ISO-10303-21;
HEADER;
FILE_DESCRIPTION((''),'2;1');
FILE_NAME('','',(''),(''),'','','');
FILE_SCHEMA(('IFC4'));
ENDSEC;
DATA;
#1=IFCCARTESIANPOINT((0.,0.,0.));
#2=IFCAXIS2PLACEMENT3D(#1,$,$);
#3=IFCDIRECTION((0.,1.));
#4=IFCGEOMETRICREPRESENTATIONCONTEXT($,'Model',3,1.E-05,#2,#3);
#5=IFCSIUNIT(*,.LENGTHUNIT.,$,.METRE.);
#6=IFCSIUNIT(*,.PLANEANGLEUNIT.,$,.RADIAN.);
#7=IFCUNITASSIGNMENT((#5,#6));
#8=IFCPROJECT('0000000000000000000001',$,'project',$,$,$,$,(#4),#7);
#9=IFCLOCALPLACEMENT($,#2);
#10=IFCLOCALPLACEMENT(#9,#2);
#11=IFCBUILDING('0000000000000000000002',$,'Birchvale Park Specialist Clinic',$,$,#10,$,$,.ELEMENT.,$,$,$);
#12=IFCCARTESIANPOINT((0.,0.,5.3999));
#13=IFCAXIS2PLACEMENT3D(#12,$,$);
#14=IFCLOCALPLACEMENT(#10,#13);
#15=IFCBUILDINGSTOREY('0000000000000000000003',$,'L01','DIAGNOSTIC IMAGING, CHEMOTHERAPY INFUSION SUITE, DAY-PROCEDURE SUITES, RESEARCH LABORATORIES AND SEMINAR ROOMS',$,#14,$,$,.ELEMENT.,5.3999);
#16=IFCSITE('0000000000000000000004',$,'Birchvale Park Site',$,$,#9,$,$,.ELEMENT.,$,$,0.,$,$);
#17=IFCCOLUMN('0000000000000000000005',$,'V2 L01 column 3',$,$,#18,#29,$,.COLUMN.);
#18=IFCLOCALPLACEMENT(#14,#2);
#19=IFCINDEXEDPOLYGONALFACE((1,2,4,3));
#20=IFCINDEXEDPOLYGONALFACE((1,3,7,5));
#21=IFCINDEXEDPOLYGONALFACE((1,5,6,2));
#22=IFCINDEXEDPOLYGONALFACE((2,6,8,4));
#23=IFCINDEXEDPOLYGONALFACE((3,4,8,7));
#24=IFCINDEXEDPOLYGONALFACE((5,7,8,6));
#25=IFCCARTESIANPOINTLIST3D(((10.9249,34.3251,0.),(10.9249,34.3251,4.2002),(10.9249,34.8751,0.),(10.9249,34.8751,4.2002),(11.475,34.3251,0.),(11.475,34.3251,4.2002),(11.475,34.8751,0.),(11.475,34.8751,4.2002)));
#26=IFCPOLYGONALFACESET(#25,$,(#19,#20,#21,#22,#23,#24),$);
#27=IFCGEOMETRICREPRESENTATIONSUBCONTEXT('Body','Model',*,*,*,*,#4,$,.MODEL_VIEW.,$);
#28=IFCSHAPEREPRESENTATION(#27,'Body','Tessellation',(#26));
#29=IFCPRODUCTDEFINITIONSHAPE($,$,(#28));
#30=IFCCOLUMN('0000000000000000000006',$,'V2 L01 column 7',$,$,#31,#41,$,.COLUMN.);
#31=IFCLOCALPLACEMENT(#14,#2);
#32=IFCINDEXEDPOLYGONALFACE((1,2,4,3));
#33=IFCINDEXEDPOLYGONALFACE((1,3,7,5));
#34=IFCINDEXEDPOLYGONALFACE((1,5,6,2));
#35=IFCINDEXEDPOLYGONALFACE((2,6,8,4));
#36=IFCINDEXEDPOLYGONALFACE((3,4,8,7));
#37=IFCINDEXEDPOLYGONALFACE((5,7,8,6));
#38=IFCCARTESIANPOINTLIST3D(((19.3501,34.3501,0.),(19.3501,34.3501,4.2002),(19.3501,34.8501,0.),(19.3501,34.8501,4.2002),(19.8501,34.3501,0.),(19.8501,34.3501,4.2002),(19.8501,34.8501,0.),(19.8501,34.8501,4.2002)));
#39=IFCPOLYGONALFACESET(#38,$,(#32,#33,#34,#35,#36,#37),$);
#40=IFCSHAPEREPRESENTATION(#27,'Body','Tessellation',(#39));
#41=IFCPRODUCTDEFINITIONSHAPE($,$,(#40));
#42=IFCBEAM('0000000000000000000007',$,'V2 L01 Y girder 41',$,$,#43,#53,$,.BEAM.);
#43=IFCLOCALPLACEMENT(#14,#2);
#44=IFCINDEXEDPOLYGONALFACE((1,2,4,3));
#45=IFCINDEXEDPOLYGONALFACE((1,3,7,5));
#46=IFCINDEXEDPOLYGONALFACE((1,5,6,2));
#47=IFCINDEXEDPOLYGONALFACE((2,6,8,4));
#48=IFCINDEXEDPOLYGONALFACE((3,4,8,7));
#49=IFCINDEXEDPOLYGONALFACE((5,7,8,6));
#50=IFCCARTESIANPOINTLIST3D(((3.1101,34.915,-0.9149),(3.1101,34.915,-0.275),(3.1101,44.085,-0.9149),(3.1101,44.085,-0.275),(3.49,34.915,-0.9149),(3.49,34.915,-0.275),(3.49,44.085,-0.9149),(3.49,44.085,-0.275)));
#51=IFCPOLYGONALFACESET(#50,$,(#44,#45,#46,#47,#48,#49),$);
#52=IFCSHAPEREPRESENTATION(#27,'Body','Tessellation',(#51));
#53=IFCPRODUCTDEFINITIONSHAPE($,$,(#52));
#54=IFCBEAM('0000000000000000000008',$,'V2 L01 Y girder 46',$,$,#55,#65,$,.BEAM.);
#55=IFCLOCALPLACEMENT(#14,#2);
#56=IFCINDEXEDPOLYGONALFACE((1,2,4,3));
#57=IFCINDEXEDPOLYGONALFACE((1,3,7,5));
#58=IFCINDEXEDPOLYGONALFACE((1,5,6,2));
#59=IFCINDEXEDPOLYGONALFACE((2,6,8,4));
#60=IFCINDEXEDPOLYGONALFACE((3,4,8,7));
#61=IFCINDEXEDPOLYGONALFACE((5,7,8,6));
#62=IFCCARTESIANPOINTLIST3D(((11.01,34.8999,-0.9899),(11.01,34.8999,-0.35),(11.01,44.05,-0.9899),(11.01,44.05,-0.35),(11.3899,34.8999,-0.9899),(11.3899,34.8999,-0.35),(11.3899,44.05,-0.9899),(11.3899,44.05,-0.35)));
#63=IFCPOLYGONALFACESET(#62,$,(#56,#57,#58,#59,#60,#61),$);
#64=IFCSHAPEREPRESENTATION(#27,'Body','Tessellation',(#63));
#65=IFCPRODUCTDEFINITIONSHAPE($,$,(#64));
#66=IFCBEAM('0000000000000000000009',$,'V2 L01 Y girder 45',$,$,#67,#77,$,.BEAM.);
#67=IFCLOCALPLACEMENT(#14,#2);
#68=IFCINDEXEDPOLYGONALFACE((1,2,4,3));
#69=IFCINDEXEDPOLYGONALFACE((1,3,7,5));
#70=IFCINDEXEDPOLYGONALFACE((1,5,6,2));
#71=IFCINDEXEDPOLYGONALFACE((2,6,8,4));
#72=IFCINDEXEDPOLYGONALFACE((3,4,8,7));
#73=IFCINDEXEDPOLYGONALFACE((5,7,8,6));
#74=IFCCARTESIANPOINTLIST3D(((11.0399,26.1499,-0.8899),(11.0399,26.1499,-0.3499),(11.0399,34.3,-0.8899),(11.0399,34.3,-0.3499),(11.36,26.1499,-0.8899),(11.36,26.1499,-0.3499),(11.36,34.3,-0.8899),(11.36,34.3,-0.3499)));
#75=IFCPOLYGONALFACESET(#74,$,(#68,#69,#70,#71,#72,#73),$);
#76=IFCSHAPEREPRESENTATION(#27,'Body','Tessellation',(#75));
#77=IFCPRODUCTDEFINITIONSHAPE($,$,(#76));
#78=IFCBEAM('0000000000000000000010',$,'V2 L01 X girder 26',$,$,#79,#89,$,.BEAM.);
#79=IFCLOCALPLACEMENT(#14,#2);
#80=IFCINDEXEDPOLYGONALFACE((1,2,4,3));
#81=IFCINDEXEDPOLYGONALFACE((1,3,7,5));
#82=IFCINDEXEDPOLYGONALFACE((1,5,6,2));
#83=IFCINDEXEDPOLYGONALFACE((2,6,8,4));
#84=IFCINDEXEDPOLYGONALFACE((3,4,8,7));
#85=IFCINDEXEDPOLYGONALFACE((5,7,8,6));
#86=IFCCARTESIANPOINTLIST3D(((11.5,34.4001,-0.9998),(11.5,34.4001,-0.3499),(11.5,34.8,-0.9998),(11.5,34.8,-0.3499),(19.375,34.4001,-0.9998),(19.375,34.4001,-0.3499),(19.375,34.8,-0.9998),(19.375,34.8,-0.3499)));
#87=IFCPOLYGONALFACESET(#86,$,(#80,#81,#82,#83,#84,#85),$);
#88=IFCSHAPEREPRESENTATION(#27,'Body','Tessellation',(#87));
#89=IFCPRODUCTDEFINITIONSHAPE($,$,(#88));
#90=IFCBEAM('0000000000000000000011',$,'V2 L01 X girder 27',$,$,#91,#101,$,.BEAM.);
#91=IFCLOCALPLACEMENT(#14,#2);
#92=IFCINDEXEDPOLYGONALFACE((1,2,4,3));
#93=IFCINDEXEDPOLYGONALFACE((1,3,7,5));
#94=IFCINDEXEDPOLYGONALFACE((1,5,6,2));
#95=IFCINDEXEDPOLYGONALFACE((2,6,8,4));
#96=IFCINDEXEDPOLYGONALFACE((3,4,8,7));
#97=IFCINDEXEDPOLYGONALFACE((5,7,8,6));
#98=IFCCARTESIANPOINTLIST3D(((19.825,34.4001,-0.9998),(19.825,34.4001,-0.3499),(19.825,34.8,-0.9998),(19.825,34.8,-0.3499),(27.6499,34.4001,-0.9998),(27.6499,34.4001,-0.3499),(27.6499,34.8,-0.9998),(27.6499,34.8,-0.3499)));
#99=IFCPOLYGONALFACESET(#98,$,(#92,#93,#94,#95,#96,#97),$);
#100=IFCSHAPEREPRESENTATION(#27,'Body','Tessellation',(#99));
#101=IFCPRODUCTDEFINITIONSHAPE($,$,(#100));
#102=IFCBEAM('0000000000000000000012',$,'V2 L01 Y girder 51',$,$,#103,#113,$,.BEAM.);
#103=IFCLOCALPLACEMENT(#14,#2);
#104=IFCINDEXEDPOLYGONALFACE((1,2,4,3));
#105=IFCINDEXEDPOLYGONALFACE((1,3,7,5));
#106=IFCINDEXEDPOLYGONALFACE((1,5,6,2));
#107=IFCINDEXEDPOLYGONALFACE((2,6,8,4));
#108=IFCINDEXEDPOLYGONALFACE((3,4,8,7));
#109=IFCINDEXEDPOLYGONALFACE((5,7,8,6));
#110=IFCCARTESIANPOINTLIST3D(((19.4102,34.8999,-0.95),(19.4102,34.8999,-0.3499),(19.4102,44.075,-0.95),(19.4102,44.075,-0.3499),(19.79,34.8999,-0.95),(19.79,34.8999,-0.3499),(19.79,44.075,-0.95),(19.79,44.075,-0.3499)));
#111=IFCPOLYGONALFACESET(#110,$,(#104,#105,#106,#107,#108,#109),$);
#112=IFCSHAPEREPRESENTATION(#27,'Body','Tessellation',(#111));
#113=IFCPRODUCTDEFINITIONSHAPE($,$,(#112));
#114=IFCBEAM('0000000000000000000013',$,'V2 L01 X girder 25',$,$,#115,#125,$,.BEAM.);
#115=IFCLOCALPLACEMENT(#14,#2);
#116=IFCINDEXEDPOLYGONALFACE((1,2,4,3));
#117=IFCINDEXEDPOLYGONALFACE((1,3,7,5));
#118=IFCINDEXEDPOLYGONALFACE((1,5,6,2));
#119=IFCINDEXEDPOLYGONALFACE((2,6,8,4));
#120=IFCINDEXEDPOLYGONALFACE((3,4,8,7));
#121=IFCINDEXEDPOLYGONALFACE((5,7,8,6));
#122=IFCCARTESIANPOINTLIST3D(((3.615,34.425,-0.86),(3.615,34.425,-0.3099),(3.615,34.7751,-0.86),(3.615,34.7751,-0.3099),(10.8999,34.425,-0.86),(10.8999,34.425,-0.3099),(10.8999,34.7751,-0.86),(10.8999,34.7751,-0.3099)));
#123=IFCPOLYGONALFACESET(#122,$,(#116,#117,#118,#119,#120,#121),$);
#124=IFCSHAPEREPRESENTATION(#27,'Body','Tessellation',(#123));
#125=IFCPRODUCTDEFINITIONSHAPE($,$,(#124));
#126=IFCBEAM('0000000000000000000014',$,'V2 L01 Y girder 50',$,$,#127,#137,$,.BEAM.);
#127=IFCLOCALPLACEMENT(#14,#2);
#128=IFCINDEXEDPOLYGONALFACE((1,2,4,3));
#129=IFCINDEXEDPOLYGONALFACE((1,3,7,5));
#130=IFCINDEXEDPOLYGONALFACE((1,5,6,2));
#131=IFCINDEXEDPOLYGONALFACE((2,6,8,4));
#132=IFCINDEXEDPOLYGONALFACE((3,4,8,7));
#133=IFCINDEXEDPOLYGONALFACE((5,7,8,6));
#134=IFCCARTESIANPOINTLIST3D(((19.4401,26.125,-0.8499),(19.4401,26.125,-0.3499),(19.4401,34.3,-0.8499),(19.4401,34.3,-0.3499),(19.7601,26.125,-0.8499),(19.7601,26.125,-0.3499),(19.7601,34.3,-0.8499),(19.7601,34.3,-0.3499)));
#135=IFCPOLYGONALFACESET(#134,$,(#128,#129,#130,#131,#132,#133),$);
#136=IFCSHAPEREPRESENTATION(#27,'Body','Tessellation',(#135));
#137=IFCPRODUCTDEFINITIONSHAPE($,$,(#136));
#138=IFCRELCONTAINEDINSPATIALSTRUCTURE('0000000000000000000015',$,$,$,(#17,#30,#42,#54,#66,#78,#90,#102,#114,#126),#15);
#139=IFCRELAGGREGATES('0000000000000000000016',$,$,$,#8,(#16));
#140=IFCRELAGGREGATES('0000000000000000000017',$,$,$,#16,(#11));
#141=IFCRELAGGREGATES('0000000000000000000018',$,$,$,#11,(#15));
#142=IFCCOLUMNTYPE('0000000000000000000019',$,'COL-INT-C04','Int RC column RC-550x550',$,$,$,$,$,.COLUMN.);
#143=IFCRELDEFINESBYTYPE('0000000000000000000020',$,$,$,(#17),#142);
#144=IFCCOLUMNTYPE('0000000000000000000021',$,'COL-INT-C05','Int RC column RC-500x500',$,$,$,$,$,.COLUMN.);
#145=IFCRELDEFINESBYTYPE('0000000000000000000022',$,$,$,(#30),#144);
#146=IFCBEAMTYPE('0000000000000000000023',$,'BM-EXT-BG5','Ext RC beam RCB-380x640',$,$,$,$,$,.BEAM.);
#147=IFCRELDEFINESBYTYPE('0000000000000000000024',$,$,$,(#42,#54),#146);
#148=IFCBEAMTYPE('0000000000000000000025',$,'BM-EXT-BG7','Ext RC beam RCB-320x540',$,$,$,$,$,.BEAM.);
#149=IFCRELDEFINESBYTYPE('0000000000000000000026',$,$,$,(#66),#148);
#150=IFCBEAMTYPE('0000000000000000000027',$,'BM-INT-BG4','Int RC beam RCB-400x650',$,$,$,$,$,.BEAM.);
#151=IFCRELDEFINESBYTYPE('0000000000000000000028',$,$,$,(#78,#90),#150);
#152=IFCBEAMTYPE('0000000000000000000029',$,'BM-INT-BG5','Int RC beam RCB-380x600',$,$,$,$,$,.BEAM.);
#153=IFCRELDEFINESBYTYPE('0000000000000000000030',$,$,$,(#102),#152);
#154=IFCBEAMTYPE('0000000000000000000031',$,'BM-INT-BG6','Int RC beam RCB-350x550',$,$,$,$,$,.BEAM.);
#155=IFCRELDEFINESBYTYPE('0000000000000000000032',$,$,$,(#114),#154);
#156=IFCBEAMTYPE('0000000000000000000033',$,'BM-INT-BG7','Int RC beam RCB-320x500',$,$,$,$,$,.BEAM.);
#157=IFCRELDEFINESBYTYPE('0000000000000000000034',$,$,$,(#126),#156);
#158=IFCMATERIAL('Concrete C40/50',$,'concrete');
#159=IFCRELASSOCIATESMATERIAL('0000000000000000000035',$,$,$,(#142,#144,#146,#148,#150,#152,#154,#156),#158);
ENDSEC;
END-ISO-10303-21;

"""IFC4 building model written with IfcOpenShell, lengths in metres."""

from ifc_helpers import new_model, si_unit, direction, frame, origin, origin_2d, place, context, subcontext, project, spatial, rectangle, extrude, material, material_profile, profile_set, type_object, element, save


model = new_model("IFC4")

# Units and contexts
model_context = context("Model", 3, precision=1e-05, world=origin(), true_north=direction((0.0, 1.0)))
body_context = subcontext(model_context, "Body", "Model", "MODEL_VIEW")
ifc_project = project(units=[si_unit("LENGTHUNIT", "METRE"), si_unit("PLANEANGLEUNIT", "RADIAN")], contexts=[model_context])

# Site, building, storey
site_placement = place(None, origin())
site = spatial("IfcSite", under=ifc_project, at=site_placement, Name="Birchvale Park Site", CompositionType="ELEMENT", RefElevation=0.0)
building_placement = place(site_placement, origin())
building = spatial("IfcBuilding", under=site, at=building_placement, Name="Birchvale Park Specialist Clinic", CompositionType="ELEMENT")
storey_placement = place(building_placement, frame((0.0, 0.0, 5.3999)))
storey = spatial("IfcBuildingStorey", under=building, at=storey_placement, Name="L01", Description="DIAGNOSTIC IMAGING, CHEMOTHERAPY INFUSION SUITE, DAY-PROCEDURE SUITES, RESEARCH LABORATORIES AND SEMINAR ROOMS", CompositionType="ELEMENT", Elevation=5.3999)

# Columns
ifc_material_1 = material(Name="Concrete C40/50", Category="concrete")
ifc_material_profile_1 = material_profile(ifc_material_1, rectangle(XDim=0.55, YDim=0.55, at=origin_2d()), Name="RC-550x550")
ifc_profile_set_1 = profile_set([ifc_material_profile_1], Name="Concrete C40/50")
column_type_1 = type_object("IfcColumnType", Name="COL-INT-C04", Description="Int RC column RC-550x550", PredefinedType="COLUMN", material=ifc_profile_set_1)
column_1_placement = place(storey_placement, frame((11.2, 34.6001, 0.0), z_axis=(0.0, 0.0, 1.0), x_axis=(1.0, 0.0, 0.0)))
element("IfcColumn", 1, at=column_1_placement, inside=storey, type_object=column_type_1, Name="V2 L01 column 3", PredefinedType="COLUMN", context=body_context, shape_type="SweptSolid", body=[
    extrude(rectangle(XDim=0.55, YDim=0.55, at=origin_2d()), origin(), (0.0, 0.0, 1.0), 4.2002),
])
ifc_material_profile_2 = material_profile(ifc_material_1, rectangle(XDim=0.5, YDim=0.5, at=origin_2d()), Name="RC-500x500")
ifc_profile_set_2 = profile_set([ifc_material_profile_2], Name="Concrete C40/50")
column_type_2 = type_object("IfcColumnType", Name="COL-INT-C05", Description="Int RC column RC-500x500", PredefinedType="COLUMN", material=ifc_profile_set_2)
column_2_placement = place(storey_placement, frame((19.6001, 34.6001, 0.0), z_axis=(0.0, 0.0, 1.0), x_axis=(1.0, 0.0, 0.0)))
element("IfcColumn", 2, at=column_2_placement, inside=storey, type_object=column_type_2, Name="V2 L01 column 7", PredefinedType="COLUMN", context=body_context, shape_type="SweptSolid", body=[
    extrude(rectangle(XDim=0.5, YDim=0.5, at=origin_2d()), origin(), (0.0, 0.0, 1.0), 4.2002),
])

# Beams
ifc_material_profile_3 = material_profile(ifc_material_1, rectangle(XDim=0.3799, YDim=0.6399, at=origin_2d()), Name="RCB-380x640")
ifc_profile_set_3 = profile_set([ifc_material_profile_3], Name="Concrete C40/50")
beam_type_1 = type_object("IfcBeamType", Name="BM-EXT-BG5", Description="Ext RC beam RCB-380x640", PredefinedType="BEAM", material=ifc_profile_set_3)
beam_1_placement = place(storey_placement, frame((3.3, 34.915, -0.595), z_axis=(0.0, 1.0, 0.0), x_axis=(-1.0, 0.0, 0.0)))
element("IfcBeam", 3, at=beam_1_placement, inside=storey, type_object=beam_type_1, Name="V2 L01 Y girder 41", PredefinedType="BEAM", context=body_context, shape_type="SweptSolid", body=[
    extrude(rectangle(XDim=0.3799, YDim=0.6399, at=origin_2d()), origin(), (0.0, 0.0, 1.0), 9.1699),
])
beam_2_placement = place(storey_placement, frame((11.2, 34.8999, -0.6699), z_axis=(0.0, 1.0, 0.0), x_axis=(-1.0, 0.0, 0.0)))
element("IfcBeam", 4, at=beam_2_placement, inside=storey, type_object=beam_type_1, Name="V2 L01 Y girder 46", PredefinedType="BEAM", context=body_context, shape_type="SweptSolid", body=[
    extrude(rectangle(XDim=0.3799, YDim=0.6399, at=origin_2d()), origin(), (0.0, 0.0, 1.0), 9.1501),
])
ifc_material_profile_4 = material_profile(ifc_material_1, rectangle(XDim=0.3201, YDim=0.54, at=origin_2d()), Name="RCB-320x540")
ifc_profile_set_4 = profile_set([ifc_material_profile_4], Name="Concrete C40/50")
beam_type_2 = type_object("IfcBeamType", Name="BM-EXT-BG7", Description="Ext RC beam RCB-320x540", PredefinedType="BEAM", material=ifc_profile_set_4)
beam_3_placement = place(storey_placement, frame((11.2, 26.1499, -0.6199), z_axis=(0.0, 1.0, 0.0), x_axis=(-1.0, 0.0, 0.0)))
element("IfcBeam", 5, at=beam_3_placement, inside=storey, type_object=beam_type_2, Name="V2 L01 Y girder 45", PredefinedType="BEAM", context=body_context, shape_type="SweptSolid", body=[
    extrude(rectangle(XDim=0.3201, YDim=0.54, at=origin_2d()), origin(), (0.0, 0.0, 1.0), 8.1501),
])
ifc_material_profile_5 = material_profile(ifc_material_1, rectangle(XDim=0.3999, YDim=0.6499, at=origin_2d()), Name="RCB-400x650")
ifc_profile_set_5 = profile_set([ifc_material_profile_5], Name="Concrete C40/50")
beam_type_3 = type_object("IfcBeamType", Name="BM-INT-BG4", Description="Int RC beam RCB-400x650", PredefinedType="BEAM", material=ifc_profile_set_5)
beam_4_placement = place(storey_placement, frame((11.5, 34.6001, -0.6748), z_axis=(1.0, 0.0, 0.0), x_axis=(0.0, 1.0, 0.0)))
element("IfcBeam", 6, at=beam_4_placement, inside=storey, type_object=beam_type_3, Name="V2 L01 X girder 26", PredefinedType="BEAM", context=body_context, shape_type="SweptSolid", body=[
    extrude(rectangle(XDim=0.3999, YDim=0.6499, at=origin_2d()), origin(), (0.0, 0.0, 1.0), 7.875),
])
beam_5_placement = place(storey_placement, frame((19.825, 34.6001, -0.6748), z_axis=(1.0, 0.0, 0.0), x_axis=(0.0, 1.0, 0.0)))
element("IfcBeam", 7, at=beam_5_placement, inside=storey, type_object=beam_type_3, Name="V2 L01 X girder 27", PredefinedType="BEAM", context=body_context, shape_type="SweptSolid", body=[
    extrude(rectangle(XDim=0.3999, YDim=0.6499, at=origin_2d()), origin(), (0.0, 0.0, 1.0), 7.825),
])
ifc_material_profile_6 = material_profile(ifc_material_1, rectangle(XDim=0.3799, YDim=0.6001, at=origin_2d()), Name="RCB-380x600")
ifc_profile_set_6 = profile_set([ifc_material_profile_6], Name="Concrete C40/50")
beam_type_4 = type_object("IfcBeamType", Name="BM-INT-BG5", Description="Int RC beam RCB-380x600", PredefinedType="BEAM", material=ifc_profile_set_6)
beam_6_placement = place(storey_placement, frame((19.6001, 34.8999, -0.6499), z_axis=(0.0, 1.0, 0.0), x_axis=(-1.0, 0.0, 0.0)))
element("IfcBeam", 8, at=beam_6_placement, inside=storey, type_object=beam_type_4, Name="V2 L01 Y girder 51", PredefinedType="BEAM", context=body_context, shape_type="SweptSolid", body=[
    extrude(rectangle(XDim=0.3799, YDim=0.6001, at=origin_2d()), origin(), (0.0, 0.0, 1.0), 9.175),
])
ifc_material_profile_7 = material_profile(ifc_material_1, rectangle(XDim=0.3501, YDim=0.55, at=origin_2d()), Name="RCB-350x550")
ifc_profile_set_7 = profile_set([ifc_material_profile_7], Name="Concrete C40/50")
beam_type_5 = type_object("IfcBeamType", Name="BM-INT-BG6", Description="Int RC beam RCB-350x550", PredefinedType="BEAM", material=ifc_profile_set_7)
beam_7_placement = place(storey_placement, frame((3.615, 34.6001, -0.585), z_axis=(1.0, 0.0, 0.0), x_axis=(0.0, 1.0, 0.0)))
element("IfcBeam", 9, at=beam_7_placement, inside=storey, type_object=beam_type_5, Name="V2 L01 X girder 25", PredefinedType="BEAM", context=body_context, shape_type="SweptSolid", body=[
    extrude(rectangle(XDim=0.3501, YDim=0.55, at=origin_2d()), origin(), (0.0, 0.0, 1.0), 7.2849),
])
ifc_material_profile_8 = material_profile(ifc_material_1, rectangle(XDim=0.3201, YDim=0.5, at=origin_2d()), Name="RCB-320x500")
ifc_profile_set_8 = profile_set([ifc_material_profile_8], Name="Concrete C40/50")
beam_type_6 = type_object("IfcBeamType", Name="BM-INT-BG7", Description="Int RC beam RCB-320x500", PredefinedType="BEAM", material=ifc_profile_set_8)
beam_8_placement = place(storey_placement, frame((19.6001, 26.125, -0.5999), z_axis=(0.0, 1.0, 0.0), x_axis=(-1.0, 0.0, 0.0)))
element("IfcBeam", 10, at=beam_8_placement, inside=storey, type_object=beam_type_6, Name="V2 L01 Y girder 50", PredefinedType="BEAM", context=body_context, shape_type="SweptSolid", body=[
    extrude(rectangle(XDim=0.3201, YDim=0.5, at=origin_2d()), origin(), (0.0, 0.0, 1.0), 8.175),
])

save(model, "model.ifc")
